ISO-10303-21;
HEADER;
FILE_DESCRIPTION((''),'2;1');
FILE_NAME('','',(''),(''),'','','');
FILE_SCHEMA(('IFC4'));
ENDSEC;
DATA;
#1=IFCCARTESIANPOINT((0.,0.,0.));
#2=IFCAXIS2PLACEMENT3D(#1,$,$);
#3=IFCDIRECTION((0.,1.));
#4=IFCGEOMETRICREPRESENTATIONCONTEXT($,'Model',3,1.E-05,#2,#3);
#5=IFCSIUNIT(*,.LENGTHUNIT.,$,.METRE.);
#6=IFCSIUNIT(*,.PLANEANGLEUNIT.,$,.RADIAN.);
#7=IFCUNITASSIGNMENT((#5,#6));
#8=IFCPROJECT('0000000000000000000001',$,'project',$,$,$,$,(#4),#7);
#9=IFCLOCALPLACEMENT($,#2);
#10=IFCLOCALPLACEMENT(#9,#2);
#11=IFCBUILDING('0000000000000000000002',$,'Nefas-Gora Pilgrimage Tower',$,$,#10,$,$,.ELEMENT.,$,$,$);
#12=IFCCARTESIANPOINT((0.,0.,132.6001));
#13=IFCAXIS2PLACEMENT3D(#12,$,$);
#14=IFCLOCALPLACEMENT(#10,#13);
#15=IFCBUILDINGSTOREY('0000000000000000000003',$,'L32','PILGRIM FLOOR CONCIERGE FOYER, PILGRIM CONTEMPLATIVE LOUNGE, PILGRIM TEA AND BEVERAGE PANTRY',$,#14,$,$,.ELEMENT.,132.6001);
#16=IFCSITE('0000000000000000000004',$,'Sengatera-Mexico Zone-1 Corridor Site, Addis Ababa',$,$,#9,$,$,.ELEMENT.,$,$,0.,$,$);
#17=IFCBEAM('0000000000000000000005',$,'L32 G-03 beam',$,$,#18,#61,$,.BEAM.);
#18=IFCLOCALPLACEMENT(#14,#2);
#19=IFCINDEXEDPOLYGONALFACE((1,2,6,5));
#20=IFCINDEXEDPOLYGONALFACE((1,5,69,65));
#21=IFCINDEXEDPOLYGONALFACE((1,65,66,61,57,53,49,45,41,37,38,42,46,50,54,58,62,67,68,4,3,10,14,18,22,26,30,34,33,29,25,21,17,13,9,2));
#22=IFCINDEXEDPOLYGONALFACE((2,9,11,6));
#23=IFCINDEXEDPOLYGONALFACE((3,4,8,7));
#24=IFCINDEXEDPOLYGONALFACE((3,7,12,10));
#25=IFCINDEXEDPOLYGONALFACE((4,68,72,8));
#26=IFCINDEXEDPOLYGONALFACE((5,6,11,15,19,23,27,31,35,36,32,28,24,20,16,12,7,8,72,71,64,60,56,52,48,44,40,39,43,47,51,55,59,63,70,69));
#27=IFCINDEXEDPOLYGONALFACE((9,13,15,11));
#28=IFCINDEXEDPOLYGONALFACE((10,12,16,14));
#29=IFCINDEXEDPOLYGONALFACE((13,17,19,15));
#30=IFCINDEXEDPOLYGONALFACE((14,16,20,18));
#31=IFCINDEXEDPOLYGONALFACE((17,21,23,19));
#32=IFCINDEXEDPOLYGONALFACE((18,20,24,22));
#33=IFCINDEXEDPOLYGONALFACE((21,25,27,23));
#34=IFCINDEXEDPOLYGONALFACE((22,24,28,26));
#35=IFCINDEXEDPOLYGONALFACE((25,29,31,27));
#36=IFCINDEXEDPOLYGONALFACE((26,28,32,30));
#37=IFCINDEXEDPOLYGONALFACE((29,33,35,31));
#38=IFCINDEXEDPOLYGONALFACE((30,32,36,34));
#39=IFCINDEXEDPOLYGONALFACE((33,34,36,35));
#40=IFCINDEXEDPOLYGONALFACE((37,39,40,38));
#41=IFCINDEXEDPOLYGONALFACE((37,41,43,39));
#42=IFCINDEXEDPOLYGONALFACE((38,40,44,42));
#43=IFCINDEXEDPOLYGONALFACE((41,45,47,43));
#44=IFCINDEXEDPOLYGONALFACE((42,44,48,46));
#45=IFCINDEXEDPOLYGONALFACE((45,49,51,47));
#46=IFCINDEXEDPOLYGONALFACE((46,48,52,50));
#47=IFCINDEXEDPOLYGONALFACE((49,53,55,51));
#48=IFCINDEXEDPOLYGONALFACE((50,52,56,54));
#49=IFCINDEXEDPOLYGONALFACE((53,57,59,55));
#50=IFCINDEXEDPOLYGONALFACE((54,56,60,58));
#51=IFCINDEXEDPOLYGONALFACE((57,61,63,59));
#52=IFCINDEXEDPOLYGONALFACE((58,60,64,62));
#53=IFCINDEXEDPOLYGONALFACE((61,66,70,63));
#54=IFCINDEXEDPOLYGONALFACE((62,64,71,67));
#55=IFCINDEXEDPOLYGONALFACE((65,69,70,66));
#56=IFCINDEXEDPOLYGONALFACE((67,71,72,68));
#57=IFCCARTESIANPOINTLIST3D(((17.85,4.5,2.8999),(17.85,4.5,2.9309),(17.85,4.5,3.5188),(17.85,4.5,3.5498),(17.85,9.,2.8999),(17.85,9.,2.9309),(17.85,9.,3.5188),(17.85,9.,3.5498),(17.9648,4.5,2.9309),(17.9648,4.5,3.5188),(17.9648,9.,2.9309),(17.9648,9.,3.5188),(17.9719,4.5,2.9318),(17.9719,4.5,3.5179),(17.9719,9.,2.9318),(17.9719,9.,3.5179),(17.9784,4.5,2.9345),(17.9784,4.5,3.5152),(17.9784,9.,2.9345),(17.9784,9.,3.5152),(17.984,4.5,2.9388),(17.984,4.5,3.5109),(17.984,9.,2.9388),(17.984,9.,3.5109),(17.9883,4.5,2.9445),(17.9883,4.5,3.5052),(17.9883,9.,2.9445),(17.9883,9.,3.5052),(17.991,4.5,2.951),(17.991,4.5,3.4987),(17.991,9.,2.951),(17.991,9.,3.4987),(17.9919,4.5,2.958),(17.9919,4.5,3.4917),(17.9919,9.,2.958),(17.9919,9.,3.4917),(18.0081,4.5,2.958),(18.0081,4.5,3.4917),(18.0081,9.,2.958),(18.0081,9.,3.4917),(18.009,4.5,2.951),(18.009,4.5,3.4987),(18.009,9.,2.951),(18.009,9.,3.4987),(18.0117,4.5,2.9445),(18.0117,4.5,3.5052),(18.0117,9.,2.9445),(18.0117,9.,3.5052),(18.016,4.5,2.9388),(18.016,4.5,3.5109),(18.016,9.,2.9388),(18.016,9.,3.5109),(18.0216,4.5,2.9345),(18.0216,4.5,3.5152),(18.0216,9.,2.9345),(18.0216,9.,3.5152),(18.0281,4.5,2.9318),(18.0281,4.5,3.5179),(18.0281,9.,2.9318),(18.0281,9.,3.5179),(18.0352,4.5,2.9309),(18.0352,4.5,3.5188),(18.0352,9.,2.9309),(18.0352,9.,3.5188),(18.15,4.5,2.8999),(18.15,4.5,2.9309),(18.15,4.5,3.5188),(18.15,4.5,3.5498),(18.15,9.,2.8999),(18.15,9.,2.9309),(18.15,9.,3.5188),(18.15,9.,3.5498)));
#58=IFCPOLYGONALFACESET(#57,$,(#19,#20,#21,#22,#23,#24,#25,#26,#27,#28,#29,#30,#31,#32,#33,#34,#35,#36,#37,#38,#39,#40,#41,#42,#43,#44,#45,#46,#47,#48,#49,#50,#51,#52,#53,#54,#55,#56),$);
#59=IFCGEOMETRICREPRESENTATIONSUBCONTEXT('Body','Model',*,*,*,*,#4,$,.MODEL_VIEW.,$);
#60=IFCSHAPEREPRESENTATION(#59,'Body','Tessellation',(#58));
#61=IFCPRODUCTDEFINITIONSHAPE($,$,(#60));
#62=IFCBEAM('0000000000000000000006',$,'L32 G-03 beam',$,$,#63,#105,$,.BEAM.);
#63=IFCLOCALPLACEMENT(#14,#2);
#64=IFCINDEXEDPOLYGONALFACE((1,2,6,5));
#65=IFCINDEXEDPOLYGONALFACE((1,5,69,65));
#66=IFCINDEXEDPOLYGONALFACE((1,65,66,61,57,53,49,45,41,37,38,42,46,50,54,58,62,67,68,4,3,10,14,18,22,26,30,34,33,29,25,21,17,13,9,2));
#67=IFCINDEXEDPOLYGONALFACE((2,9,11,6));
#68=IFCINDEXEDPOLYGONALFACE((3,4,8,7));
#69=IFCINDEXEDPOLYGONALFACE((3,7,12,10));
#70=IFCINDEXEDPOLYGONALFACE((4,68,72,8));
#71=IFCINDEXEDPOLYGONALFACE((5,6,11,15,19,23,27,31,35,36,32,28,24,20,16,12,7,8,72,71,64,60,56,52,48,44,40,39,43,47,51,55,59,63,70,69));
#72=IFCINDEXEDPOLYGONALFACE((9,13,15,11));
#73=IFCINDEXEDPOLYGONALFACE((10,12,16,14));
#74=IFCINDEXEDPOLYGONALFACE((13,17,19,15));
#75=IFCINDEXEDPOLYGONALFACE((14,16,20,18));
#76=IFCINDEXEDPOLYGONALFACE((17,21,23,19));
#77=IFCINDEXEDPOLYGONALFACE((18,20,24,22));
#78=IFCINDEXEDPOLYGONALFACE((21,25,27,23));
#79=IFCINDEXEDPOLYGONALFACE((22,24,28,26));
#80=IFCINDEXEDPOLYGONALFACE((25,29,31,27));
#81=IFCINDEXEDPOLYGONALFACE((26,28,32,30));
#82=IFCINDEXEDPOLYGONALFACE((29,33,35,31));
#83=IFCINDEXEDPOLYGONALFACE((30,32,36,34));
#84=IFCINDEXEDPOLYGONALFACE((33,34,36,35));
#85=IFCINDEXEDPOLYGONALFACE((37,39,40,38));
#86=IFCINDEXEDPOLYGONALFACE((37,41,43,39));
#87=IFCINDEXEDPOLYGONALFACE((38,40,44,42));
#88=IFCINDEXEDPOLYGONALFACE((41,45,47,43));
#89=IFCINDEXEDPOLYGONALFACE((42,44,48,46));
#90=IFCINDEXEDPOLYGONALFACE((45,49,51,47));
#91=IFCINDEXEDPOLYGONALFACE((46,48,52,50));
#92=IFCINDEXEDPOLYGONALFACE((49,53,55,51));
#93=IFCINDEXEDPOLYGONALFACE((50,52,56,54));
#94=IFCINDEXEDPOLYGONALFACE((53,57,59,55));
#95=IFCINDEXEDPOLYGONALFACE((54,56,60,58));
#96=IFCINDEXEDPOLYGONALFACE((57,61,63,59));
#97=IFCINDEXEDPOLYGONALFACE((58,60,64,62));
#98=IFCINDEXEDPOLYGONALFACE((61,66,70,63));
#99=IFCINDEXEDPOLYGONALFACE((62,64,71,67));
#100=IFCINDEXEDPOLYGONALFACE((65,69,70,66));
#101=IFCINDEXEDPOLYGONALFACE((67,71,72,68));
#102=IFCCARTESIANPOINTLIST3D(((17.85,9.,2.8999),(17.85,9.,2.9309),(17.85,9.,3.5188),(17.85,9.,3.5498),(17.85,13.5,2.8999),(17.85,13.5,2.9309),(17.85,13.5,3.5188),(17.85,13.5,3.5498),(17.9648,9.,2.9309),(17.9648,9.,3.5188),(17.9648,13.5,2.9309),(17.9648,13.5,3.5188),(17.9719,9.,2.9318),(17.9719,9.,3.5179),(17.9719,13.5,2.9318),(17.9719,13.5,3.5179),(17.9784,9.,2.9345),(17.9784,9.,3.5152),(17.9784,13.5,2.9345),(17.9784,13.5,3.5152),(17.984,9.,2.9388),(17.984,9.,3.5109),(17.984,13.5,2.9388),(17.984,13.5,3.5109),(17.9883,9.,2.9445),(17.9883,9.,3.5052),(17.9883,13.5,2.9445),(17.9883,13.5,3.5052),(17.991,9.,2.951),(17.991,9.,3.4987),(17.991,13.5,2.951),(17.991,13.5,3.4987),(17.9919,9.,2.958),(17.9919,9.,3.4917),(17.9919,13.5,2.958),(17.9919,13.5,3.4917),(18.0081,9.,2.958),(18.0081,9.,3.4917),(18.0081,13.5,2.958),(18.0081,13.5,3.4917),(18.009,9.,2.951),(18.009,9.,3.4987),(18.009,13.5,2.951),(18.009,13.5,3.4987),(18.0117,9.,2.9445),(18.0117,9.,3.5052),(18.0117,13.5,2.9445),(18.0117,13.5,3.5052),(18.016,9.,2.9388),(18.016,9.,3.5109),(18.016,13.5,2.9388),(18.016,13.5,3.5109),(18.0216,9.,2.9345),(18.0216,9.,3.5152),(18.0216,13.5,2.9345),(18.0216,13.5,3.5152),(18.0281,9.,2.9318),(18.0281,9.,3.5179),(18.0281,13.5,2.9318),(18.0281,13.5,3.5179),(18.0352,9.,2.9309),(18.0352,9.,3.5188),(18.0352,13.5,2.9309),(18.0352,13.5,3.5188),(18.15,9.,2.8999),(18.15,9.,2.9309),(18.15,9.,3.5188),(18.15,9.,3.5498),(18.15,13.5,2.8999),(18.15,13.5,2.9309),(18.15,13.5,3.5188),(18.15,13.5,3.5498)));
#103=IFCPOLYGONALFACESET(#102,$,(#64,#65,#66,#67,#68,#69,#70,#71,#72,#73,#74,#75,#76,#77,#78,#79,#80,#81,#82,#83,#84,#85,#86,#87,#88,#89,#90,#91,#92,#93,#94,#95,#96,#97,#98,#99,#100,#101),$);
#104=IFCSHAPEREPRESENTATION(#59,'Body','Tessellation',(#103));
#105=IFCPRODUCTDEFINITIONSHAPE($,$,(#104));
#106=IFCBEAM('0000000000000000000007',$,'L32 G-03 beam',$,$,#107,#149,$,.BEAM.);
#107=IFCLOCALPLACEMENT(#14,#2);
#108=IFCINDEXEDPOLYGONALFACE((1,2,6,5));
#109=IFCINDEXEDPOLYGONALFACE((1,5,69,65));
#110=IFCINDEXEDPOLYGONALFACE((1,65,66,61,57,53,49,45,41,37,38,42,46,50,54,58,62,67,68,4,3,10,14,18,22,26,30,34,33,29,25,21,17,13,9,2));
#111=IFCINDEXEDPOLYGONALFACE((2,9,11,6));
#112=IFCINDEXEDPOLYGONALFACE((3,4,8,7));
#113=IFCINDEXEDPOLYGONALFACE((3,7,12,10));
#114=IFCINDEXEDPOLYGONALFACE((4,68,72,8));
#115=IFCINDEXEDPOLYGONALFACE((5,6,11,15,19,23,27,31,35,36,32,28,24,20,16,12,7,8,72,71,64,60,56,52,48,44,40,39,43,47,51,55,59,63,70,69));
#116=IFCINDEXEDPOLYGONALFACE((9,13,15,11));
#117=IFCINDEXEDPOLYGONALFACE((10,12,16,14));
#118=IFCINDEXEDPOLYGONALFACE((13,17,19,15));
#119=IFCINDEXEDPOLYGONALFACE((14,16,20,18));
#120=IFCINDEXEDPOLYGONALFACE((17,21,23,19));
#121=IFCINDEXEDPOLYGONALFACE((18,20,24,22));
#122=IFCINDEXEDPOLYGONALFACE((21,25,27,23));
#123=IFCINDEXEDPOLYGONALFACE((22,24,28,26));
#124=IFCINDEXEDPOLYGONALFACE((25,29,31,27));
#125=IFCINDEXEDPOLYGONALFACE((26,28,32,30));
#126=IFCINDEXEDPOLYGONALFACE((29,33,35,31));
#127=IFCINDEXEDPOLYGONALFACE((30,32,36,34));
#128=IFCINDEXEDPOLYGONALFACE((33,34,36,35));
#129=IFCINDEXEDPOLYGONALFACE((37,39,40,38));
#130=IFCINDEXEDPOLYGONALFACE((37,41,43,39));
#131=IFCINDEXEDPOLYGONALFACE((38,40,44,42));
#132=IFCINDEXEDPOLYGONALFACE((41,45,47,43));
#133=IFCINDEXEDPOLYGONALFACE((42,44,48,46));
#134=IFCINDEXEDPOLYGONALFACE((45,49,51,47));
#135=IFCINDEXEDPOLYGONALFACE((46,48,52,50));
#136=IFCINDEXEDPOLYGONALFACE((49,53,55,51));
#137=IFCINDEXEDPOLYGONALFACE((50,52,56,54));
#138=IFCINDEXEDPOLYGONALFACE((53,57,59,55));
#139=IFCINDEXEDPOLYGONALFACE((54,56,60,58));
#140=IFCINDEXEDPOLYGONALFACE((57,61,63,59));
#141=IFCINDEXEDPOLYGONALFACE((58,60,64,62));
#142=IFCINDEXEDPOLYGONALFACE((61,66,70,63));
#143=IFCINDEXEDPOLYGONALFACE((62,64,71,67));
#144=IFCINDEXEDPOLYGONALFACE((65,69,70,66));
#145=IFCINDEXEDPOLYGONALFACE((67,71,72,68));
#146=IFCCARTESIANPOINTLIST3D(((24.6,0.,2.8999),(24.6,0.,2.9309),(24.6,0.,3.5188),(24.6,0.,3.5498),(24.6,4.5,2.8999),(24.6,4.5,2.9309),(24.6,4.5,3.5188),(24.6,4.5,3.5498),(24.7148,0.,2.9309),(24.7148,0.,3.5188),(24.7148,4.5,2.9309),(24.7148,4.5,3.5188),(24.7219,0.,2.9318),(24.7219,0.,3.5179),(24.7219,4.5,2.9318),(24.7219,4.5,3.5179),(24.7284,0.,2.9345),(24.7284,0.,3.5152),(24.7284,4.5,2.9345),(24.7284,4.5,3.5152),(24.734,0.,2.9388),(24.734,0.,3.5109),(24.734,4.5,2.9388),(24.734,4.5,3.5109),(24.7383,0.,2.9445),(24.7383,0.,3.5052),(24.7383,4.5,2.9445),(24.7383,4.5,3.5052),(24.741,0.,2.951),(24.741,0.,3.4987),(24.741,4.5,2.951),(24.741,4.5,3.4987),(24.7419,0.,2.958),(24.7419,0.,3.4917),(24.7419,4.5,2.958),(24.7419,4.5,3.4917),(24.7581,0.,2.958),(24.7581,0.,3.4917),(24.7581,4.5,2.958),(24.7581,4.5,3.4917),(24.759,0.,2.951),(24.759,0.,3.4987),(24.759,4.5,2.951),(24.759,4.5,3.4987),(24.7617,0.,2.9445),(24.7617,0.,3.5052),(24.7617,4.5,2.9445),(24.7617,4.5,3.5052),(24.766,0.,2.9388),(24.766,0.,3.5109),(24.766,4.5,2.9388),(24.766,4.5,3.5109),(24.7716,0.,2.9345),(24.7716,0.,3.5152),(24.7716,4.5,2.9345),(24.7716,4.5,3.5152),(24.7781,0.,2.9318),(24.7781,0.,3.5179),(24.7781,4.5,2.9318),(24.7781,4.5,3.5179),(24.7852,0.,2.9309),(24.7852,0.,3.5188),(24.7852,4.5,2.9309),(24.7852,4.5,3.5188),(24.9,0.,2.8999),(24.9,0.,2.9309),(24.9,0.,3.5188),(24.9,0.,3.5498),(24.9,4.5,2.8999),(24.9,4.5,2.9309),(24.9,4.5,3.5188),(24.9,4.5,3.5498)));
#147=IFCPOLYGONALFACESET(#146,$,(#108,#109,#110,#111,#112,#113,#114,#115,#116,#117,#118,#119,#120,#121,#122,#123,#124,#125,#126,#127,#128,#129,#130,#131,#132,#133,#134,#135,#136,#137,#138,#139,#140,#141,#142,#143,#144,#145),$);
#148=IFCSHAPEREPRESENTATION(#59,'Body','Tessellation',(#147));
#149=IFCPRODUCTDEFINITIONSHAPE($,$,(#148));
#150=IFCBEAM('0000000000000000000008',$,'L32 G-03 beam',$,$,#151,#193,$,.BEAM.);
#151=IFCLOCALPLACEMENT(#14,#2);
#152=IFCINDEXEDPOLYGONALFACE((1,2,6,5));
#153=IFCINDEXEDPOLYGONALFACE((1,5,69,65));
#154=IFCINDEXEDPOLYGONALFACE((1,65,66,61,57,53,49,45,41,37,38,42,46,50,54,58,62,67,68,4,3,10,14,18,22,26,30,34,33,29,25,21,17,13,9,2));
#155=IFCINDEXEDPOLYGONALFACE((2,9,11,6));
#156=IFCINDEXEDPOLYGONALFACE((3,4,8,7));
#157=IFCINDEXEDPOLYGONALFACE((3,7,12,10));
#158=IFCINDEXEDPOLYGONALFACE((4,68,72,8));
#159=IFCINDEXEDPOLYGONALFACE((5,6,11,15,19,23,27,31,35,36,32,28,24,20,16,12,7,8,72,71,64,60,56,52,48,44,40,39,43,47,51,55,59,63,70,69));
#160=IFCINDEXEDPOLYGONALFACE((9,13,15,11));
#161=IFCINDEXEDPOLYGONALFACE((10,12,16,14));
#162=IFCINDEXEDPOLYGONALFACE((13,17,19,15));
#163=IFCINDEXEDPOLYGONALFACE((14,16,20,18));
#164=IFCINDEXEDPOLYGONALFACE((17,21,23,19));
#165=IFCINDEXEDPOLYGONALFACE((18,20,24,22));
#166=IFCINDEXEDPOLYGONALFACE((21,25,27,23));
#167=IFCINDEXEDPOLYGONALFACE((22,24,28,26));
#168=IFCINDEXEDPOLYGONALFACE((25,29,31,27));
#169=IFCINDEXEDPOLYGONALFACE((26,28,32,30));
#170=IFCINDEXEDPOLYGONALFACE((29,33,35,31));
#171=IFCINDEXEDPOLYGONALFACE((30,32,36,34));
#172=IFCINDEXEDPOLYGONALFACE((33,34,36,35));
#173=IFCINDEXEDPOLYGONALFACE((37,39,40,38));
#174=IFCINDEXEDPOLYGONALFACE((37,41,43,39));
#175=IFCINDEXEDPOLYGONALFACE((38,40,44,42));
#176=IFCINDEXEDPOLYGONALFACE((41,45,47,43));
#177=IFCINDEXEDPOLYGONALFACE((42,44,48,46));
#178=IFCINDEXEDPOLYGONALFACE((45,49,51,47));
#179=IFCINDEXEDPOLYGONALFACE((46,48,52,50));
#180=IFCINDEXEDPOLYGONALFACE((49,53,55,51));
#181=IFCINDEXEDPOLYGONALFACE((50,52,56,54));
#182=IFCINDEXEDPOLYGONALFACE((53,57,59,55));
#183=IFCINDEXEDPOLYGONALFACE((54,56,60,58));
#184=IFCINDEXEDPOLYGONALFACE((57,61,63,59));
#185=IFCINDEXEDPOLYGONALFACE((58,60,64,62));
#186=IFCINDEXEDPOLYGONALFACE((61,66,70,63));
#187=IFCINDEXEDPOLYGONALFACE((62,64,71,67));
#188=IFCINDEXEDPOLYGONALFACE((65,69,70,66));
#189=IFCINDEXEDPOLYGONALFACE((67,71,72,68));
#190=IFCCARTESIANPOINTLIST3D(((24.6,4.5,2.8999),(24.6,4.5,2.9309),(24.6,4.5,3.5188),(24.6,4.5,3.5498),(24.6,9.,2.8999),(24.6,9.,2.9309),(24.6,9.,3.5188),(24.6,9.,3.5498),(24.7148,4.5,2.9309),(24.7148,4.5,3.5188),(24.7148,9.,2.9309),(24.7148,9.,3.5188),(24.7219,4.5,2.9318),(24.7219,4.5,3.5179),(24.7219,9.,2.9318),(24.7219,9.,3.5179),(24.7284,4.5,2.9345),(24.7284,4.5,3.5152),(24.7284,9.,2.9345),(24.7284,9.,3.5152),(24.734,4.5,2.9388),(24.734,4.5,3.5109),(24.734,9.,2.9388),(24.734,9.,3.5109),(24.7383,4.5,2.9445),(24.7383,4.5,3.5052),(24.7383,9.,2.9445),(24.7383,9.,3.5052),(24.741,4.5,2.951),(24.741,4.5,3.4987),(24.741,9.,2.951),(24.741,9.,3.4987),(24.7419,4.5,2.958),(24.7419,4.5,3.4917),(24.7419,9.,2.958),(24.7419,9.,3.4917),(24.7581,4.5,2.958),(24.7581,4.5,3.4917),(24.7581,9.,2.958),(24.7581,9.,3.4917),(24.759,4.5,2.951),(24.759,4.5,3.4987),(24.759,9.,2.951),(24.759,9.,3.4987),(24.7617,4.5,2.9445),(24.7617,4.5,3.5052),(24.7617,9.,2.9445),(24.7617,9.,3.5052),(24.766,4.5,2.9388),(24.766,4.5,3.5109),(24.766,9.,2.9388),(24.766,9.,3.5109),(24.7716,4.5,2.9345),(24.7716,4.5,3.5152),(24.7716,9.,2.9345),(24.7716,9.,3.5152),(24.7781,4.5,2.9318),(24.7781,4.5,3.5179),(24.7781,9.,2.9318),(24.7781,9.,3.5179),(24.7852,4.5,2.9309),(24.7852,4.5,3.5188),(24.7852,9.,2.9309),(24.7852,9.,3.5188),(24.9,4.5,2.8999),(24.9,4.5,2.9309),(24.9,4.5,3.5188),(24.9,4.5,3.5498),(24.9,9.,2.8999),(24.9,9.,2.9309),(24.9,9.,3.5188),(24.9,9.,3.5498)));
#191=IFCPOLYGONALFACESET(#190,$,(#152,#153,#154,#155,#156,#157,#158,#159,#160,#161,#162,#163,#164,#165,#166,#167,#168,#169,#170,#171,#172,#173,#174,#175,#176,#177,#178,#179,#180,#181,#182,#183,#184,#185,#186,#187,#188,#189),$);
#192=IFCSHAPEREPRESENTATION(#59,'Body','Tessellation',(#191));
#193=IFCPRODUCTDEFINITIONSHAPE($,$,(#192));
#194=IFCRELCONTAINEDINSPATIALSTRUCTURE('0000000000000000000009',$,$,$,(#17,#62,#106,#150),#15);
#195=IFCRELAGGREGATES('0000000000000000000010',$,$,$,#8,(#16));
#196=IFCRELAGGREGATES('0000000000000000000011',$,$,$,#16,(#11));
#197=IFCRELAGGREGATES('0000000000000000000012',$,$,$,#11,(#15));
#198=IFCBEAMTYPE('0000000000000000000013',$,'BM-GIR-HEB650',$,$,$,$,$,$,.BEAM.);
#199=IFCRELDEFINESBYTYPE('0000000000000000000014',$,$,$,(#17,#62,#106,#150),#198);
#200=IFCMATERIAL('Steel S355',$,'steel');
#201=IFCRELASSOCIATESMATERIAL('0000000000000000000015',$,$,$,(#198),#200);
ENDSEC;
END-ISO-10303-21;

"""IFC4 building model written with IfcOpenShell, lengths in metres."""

from ifc_helpers import new_model, si_unit, direction, frame, origin, origin_2d, place, context, subcontext, project, spatial, i_section, extrude, source, transform, mapped, material, material_profile, profile_set, type_object, element, save


model = new_model("IFC4")

# Units and contexts
model_context = context("Model", 3, precision=1e-05, world=origin(), true_north=direction((0.0, 1.0)))
body_context = subcontext(model_context, "Body", "Model", "MODEL_VIEW")
ifc_project = project(units=[si_unit("LENGTHUNIT", "METRE"), si_unit("PLANEANGLEUNIT", "RADIAN")], contexts=[model_context])

# Site, building, storey
site_placement = place(None, origin())
site = spatial("IfcSite", under=ifc_project, at=site_placement, Name="Sengatera-Mexico Zone-1 Corridor Site, Addis Ababa", CompositionType="ELEMENT", RefElevation=0.0)
building_placement = place(site_placement, origin())
building = spatial("IfcBuilding", under=site, at=building_placement, Name="Nefas-Gora Pilgrimage Tower", CompositionType="ELEMENT")
storey_placement = place(building_placement, frame((0.0, 0.0, 132.6001)))
storey = spatial("IfcBuildingStorey", under=building, at=storey_placement, Name="L32", Description="PILGRIM FLOOR CONCIERGE FOYER, PILGRIM CONTEMPLATIVE LOUNGE, PILGRIM TEA AND BEVERAGE PANTRY", CompositionType="ELEMENT", Elevation=132.6001)

# Beams
ifc_material_1 = material(Name="Steel S355", Category="steel")
ifc_material_profile_1 = material_profile(ifc_material_1, i_section(OverallWidth=0.3, OverallDepth=0.6499, WebThickness=0.0161, FlangeThickness=0.031, FilletRadius=0.0271, at=origin_2d()), Name="HEB 650")
ifc_profile_set_1 = profile_set([ifc_material_profile_1], Name="Steel S355")
beam_type_1 = type_object("IfcBeamType", Name="BM-GIR-HEB650", PredefinedType="BEAM", material=ifc_profile_set_1)
shared_shape_1 = source(origin(), body_context, "Body", "SweptSolid", [
    extrude(i_section(OverallWidth=0.3, OverallDepth=0.6499, WebThickness=0.0161, FlangeThickness=0.031, FilletRadius=0.0271, at=origin_2d()), origin(), (0.0, 0.0, 1.0), 4.5),
])
for number, where, z_axis, x_axis, name in (
    (1, (18.0, 4.5, 3.2249), (0.0, 1.0, 0.0), (-1.0, 0.0, 0.0), "L32 G-03 beam"),
    (2, (18.0, 9.0, 3.2249), (0.0, 1.0, 0.0), (-1.0, 0.0, 0.0), "L32 G-03 beam"),
    (3, (24.75, 0.0, 3.2249), (0.0, 1.0, 0.0), (-1.0, 0.0, 0.0), "L32 G-03 beam"),
    (4, (24.75, 4.5, 3.2249), (0.0, 1.0, 0.0), (-1.0, 0.0, 0.0), "L32 G-03 beam"),
):
    element("IfcBeam", number, at=place(storey_placement, frame(where, z_axis=z_axis, x_axis=x_axis)), inside=storey, type_object=beam_type_1, Name=name, PredefinedType="BEAM", context=body_context, shape_type="MappedRepresentation", body=[
        mapped(shared_shape_1, transform((0.0, 0.0, 0.0), x_axis=(1.0, 0.0, 0.0), y_axis=(0.0, 1.0, 0.0), z_axis=(0.0, 0.0, 1.0), scale=1.0)),
    ])

save(model, "model.ifc")
